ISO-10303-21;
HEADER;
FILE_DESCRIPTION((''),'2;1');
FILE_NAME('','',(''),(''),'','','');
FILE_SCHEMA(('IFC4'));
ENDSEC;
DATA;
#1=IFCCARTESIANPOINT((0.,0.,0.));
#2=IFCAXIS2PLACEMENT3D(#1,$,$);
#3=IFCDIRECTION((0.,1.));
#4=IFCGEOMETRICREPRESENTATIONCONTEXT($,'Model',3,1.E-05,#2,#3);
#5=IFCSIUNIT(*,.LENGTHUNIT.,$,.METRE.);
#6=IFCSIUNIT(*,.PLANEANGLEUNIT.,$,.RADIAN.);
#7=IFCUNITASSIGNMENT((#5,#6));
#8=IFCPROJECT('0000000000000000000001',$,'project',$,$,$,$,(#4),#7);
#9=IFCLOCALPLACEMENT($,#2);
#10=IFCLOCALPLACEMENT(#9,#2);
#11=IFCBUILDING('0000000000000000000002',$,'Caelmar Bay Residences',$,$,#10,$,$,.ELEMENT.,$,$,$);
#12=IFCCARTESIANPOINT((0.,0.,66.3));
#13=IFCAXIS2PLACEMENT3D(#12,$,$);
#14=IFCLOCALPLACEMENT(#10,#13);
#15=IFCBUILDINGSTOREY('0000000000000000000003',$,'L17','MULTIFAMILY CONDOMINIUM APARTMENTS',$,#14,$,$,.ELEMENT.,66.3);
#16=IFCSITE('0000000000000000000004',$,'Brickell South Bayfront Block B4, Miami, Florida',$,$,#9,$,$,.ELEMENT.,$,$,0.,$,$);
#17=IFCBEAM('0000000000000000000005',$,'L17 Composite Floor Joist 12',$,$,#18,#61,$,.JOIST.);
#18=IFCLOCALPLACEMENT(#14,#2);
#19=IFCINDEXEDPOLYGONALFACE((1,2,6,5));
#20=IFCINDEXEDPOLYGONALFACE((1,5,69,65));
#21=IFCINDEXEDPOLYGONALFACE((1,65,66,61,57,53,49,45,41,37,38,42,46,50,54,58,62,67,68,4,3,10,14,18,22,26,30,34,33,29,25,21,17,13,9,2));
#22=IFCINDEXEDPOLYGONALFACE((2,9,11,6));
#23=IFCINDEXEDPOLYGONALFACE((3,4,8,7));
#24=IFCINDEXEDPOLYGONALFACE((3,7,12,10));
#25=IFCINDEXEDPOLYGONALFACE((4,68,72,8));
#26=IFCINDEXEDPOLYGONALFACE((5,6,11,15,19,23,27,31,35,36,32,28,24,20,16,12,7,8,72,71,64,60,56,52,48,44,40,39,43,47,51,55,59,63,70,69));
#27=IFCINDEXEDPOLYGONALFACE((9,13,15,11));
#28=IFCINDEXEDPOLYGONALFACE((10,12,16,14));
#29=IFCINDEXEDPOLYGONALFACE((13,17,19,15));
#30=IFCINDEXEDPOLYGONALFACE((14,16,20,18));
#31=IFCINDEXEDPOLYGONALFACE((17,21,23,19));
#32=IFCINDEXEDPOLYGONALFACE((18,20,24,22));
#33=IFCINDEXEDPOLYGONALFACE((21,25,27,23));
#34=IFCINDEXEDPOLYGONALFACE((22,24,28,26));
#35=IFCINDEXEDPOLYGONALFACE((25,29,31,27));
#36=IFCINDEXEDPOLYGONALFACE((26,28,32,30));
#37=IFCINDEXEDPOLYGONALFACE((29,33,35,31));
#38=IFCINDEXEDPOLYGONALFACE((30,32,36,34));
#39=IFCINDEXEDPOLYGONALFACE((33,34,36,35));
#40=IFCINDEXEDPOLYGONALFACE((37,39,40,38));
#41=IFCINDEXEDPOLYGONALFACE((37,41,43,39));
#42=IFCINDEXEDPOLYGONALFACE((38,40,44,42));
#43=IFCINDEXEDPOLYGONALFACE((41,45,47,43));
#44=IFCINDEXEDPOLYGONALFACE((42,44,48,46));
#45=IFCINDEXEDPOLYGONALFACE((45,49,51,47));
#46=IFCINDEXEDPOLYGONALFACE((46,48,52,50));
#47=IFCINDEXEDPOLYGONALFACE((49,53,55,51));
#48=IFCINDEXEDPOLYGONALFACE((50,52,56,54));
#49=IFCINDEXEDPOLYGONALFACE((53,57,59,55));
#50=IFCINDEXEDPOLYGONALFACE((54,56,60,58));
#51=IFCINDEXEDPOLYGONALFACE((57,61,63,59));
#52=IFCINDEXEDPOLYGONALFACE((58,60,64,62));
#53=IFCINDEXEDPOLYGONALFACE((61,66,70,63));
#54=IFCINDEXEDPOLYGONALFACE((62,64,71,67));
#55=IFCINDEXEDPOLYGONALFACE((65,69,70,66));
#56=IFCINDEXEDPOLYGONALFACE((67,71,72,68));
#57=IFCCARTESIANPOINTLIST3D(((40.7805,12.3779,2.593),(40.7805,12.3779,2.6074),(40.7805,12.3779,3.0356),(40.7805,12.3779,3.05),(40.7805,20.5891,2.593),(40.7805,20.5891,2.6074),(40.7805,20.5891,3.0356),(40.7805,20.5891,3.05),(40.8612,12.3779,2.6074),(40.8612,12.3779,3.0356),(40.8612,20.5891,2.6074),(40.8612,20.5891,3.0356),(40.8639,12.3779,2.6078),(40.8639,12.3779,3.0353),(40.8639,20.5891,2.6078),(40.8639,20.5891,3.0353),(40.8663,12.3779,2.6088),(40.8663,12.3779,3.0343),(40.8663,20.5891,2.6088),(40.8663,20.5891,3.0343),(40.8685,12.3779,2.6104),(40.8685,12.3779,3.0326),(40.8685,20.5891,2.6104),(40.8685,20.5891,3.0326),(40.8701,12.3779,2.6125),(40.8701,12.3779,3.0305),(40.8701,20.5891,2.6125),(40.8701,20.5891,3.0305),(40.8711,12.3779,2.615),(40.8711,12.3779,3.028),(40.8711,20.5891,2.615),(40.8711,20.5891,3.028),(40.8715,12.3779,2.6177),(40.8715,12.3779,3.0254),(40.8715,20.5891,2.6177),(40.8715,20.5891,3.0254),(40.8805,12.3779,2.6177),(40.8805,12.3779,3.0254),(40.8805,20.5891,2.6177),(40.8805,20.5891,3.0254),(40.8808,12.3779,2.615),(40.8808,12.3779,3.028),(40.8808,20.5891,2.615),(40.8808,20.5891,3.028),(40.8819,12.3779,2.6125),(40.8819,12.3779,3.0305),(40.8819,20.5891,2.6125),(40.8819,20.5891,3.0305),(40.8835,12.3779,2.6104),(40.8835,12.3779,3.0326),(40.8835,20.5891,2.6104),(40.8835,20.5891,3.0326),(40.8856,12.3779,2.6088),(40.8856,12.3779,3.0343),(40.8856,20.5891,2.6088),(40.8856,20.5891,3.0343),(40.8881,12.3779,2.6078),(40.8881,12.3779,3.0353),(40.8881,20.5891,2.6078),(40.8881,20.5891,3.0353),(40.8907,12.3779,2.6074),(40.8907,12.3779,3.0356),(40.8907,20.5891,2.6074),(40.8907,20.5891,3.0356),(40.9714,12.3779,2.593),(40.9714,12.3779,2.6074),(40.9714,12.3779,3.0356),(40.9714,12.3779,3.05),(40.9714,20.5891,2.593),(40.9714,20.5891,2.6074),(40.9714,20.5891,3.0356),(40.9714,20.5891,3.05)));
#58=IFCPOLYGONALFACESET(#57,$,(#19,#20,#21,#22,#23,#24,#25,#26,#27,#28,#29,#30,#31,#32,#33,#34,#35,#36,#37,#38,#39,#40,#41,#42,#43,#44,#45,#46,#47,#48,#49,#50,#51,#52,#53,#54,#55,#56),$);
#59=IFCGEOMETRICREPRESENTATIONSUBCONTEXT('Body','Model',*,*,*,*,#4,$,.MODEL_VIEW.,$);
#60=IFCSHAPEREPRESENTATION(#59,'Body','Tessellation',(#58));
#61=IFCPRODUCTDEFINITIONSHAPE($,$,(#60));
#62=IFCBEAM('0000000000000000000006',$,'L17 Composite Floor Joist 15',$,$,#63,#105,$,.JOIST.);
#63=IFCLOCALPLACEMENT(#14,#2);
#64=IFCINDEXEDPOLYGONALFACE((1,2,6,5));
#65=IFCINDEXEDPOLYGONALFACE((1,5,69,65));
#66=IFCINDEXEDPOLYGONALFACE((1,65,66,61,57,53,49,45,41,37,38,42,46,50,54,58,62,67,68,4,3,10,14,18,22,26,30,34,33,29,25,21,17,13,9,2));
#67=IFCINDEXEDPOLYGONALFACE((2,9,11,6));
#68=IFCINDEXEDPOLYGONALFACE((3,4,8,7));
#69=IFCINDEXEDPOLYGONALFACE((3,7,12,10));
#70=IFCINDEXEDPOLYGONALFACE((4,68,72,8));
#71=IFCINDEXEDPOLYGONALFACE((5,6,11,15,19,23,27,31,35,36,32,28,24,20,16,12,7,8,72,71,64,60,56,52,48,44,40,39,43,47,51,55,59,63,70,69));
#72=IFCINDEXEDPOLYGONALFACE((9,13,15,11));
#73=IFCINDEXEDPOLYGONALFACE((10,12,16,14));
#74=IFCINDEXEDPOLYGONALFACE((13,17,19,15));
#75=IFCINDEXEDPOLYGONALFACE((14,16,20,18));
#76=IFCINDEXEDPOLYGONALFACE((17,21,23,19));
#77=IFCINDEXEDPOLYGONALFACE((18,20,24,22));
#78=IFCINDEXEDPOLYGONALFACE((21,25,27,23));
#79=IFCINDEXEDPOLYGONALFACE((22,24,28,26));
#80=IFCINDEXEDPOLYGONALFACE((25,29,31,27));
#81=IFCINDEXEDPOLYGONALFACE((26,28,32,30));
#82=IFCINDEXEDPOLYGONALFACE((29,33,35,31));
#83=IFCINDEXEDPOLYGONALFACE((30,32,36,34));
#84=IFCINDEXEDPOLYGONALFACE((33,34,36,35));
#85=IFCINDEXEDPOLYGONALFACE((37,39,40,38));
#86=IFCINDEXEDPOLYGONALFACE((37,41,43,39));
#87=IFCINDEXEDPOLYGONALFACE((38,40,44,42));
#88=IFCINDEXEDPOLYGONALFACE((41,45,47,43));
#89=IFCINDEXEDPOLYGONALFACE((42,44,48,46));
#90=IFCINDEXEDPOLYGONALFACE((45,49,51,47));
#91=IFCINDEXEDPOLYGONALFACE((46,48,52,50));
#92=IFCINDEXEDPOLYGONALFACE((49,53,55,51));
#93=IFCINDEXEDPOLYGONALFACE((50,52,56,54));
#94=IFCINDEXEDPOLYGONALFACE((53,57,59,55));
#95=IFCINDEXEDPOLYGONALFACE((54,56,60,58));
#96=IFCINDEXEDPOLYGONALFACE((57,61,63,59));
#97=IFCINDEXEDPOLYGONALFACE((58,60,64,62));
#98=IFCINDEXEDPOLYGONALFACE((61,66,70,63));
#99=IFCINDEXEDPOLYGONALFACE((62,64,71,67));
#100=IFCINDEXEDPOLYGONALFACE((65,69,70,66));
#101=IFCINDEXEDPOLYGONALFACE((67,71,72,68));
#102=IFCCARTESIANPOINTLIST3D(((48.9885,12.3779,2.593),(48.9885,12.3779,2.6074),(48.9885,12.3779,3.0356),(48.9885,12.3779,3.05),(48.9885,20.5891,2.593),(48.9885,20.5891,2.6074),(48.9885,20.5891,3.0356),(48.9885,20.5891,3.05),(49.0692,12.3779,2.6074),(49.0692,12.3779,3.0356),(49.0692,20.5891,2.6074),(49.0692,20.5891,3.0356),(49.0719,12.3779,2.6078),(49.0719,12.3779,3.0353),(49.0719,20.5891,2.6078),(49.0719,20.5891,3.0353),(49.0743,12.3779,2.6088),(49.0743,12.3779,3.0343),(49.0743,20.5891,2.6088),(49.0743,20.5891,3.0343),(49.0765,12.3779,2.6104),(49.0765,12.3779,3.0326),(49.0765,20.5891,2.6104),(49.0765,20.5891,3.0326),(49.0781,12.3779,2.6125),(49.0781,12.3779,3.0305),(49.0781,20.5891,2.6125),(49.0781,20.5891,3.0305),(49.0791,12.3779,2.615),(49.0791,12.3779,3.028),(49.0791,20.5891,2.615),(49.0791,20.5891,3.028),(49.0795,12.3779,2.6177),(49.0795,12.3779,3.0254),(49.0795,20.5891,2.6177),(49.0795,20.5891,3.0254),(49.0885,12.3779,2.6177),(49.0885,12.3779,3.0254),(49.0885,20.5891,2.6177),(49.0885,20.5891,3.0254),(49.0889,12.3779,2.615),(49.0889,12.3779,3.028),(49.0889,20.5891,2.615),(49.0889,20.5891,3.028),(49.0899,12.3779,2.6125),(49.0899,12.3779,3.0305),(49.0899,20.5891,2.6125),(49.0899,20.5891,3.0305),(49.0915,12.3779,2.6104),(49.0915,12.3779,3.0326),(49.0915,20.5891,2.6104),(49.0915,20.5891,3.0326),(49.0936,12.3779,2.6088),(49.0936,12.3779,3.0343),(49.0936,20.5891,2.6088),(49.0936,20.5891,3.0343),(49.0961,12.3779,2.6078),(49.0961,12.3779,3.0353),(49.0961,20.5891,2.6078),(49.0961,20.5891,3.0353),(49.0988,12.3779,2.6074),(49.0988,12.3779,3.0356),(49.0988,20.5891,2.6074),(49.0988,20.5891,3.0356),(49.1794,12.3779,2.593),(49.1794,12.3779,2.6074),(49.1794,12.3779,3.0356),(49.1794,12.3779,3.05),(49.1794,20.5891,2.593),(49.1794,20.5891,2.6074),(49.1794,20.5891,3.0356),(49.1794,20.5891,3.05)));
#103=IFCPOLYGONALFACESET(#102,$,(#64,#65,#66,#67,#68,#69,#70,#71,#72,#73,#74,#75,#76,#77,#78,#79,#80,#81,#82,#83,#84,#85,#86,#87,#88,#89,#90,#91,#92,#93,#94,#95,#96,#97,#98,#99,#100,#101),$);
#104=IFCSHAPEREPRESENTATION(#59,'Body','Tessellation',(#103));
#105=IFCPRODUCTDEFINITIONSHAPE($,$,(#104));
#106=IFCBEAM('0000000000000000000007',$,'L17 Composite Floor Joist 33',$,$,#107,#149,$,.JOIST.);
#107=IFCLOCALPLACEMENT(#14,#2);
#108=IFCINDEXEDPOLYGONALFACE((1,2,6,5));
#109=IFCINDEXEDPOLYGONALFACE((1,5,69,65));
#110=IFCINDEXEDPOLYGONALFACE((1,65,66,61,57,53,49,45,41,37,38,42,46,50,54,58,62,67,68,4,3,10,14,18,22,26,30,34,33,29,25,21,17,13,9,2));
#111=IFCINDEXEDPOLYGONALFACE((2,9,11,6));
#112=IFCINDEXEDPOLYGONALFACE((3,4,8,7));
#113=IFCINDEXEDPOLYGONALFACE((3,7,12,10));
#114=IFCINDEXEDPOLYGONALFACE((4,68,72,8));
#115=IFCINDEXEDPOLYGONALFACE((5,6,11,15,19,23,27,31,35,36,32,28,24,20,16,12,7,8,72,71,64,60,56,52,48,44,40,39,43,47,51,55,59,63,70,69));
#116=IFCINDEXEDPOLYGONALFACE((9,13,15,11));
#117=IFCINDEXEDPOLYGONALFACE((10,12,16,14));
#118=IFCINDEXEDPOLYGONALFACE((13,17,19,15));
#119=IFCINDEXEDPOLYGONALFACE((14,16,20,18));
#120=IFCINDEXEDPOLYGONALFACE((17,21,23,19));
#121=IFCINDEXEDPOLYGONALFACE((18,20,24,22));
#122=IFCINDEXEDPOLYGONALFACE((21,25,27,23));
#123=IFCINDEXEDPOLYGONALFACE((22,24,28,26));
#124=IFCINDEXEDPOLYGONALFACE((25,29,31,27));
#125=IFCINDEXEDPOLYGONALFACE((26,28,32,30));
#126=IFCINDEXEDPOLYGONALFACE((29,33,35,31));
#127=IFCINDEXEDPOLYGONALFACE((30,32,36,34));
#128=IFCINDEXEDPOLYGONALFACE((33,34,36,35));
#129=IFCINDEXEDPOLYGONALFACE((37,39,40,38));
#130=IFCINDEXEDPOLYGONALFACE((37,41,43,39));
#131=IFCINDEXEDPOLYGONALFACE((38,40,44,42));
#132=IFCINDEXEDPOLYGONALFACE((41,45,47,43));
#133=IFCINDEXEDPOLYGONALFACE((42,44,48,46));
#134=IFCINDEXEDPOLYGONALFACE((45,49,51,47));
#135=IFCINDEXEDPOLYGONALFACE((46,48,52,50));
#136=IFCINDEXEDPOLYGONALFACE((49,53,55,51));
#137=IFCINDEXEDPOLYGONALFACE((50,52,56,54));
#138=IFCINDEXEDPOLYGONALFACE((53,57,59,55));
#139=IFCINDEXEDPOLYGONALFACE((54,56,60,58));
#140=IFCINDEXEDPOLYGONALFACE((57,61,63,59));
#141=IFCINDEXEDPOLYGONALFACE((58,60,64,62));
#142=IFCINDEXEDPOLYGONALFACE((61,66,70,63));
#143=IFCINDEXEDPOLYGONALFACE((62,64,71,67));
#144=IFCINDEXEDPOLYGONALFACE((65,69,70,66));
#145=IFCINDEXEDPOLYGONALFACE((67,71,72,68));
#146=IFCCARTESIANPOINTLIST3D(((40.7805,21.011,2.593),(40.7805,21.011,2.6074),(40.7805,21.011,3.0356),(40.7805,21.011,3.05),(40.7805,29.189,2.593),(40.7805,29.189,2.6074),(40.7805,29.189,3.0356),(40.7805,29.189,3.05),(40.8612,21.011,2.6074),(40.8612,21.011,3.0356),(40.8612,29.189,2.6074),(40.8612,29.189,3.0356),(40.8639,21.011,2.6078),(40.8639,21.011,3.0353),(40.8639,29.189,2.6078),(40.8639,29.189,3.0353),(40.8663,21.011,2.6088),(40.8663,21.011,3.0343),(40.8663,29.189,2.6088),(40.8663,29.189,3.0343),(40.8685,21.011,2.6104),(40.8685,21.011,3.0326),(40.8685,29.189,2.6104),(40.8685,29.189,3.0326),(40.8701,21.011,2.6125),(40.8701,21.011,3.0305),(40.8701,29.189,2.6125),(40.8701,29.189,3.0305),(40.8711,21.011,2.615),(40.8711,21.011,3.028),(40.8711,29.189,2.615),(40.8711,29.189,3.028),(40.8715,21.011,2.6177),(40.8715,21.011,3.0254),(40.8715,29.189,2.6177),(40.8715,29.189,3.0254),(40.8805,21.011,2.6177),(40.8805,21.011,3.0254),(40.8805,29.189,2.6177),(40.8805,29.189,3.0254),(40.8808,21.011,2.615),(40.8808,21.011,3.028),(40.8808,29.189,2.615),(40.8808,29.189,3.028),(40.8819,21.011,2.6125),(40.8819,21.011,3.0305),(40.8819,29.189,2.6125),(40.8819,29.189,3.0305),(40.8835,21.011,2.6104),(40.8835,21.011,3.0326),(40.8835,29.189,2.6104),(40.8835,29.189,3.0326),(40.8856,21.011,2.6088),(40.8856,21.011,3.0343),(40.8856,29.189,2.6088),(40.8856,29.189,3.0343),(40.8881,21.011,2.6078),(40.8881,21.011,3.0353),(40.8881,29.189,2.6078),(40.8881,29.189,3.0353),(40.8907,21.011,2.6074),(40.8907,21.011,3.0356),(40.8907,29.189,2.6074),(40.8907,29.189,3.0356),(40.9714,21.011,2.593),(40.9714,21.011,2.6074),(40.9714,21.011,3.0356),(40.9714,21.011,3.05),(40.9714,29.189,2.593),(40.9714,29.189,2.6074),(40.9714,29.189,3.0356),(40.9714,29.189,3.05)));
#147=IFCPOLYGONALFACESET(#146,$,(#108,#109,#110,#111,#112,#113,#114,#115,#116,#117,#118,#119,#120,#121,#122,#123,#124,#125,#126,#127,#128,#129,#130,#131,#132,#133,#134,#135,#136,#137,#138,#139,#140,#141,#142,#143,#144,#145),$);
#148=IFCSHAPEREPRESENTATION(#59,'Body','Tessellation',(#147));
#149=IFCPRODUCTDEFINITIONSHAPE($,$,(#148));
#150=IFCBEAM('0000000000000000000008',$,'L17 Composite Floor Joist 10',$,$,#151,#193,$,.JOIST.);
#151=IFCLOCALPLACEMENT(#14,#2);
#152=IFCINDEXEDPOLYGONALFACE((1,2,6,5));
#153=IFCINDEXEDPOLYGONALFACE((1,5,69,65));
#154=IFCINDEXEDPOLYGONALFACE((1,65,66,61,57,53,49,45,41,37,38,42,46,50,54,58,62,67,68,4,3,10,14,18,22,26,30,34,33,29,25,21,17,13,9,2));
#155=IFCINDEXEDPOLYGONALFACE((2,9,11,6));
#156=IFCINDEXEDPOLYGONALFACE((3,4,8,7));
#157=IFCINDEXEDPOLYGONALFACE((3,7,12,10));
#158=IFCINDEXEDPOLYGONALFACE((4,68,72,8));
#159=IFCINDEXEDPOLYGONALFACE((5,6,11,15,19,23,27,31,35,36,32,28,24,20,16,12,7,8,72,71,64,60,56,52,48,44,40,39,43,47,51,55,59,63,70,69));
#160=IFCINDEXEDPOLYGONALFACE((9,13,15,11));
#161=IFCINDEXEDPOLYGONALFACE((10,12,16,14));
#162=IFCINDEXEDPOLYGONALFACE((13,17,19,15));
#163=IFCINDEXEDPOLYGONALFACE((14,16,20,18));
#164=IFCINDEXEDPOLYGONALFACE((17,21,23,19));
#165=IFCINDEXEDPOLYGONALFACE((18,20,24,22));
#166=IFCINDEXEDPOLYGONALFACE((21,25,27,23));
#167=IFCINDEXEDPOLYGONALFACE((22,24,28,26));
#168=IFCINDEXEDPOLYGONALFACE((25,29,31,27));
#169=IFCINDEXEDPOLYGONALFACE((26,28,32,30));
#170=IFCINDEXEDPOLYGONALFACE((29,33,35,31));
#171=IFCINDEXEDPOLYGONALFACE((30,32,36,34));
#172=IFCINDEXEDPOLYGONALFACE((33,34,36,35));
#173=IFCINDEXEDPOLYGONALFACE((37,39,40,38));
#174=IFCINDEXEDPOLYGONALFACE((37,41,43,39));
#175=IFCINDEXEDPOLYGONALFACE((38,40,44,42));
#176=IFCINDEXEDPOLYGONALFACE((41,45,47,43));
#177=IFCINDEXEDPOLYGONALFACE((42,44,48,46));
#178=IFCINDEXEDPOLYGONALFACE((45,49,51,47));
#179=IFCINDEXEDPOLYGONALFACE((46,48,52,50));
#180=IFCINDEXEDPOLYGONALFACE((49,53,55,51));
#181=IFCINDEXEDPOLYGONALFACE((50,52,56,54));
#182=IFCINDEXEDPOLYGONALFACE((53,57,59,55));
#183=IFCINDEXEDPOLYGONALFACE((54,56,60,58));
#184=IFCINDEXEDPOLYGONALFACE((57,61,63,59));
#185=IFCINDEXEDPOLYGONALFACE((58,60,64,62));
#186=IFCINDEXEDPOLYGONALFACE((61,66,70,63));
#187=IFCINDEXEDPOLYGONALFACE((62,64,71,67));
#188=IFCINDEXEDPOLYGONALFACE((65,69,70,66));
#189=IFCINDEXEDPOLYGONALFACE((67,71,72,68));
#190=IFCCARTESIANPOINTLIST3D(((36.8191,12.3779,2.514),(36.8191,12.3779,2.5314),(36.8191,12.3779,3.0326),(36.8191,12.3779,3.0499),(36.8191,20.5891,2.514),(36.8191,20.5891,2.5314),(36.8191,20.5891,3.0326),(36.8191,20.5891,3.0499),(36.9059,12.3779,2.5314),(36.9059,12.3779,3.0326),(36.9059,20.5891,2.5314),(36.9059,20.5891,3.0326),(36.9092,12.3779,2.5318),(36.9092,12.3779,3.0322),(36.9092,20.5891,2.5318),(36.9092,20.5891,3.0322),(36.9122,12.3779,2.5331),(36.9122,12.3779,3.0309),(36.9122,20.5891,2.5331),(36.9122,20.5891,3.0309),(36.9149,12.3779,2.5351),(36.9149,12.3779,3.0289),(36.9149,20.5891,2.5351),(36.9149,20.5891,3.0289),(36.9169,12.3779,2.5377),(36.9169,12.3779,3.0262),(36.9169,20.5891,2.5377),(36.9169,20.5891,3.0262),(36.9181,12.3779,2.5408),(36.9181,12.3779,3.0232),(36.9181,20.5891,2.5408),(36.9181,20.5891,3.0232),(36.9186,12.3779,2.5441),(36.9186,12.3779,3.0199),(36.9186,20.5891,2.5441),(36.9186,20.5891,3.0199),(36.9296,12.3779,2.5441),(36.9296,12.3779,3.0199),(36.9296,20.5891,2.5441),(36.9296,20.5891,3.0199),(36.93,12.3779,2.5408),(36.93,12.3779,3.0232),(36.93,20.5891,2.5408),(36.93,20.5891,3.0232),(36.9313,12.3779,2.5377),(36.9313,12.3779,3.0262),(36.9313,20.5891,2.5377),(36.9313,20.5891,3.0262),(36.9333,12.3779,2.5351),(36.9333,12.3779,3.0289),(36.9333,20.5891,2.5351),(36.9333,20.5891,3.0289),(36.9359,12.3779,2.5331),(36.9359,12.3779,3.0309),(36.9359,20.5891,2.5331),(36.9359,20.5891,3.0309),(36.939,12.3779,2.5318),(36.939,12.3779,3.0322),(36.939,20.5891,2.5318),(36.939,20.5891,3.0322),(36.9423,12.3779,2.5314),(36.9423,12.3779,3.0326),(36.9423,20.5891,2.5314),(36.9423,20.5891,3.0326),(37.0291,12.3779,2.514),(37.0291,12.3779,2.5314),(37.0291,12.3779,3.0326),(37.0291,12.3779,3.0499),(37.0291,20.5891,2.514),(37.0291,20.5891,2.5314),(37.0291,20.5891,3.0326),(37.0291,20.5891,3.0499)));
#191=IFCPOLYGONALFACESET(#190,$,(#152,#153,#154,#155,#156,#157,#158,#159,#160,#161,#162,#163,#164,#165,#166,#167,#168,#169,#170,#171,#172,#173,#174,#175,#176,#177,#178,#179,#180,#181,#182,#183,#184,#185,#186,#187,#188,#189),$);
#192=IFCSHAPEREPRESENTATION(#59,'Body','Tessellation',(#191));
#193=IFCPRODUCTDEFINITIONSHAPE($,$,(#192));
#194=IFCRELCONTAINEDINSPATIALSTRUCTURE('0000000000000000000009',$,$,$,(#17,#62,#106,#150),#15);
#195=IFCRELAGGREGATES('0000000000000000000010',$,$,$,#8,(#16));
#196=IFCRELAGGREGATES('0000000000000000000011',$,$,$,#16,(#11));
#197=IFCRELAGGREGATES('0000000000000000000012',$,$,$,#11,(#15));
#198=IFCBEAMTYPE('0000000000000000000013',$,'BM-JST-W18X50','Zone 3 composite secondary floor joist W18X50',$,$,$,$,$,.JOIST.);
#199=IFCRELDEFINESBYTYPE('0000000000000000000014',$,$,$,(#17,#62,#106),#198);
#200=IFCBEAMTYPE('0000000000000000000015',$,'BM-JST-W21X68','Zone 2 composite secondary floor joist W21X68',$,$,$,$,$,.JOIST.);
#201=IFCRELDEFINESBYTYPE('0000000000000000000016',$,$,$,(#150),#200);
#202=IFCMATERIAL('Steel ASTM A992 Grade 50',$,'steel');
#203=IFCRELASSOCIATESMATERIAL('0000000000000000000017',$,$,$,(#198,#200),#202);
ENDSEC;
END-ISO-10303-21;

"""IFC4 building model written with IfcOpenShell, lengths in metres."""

from ifc_helpers import new_model, si_unit, direction, frame, origin, origin_2d, place, context, subcontext, project, spatial, i_section, extrude, material, material_profile, profile_set, type_object, element, save


model = new_model("IFC4")

# Units and contexts
model_context = context("Model", 3, precision=1e-05, world=origin(), true_north=direction((0.0, 1.0)))
body_context = subcontext(model_context, "Body", "Model", "MODEL_VIEW")
ifc_project = project(units=[si_unit("LENGTHUNIT", "METRE"), si_unit("PLANEANGLEUNIT", "RADIAN")], contexts=[model_context])

# Site, building, storey
site_placement = place(None, origin())
site = spatial("IfcSite", under=ifc_project, at=site_placement, Name="Brickell South Bayfront Block B4, Miami, Florida", CompositionType="ELEMENT", RefElevation=0.0)
building_placement = place(site_placement, origin())
building = spatial("IfcBuilding", under=site, at=building_placement, Name="Caelmar Bay Residences", CompositionType="ELEMENT")
storey_placement = place(building_placement, frame((0.0, 0.0, 66.3)))
storey = spatial("IfcBuildingStorey", under=building, at=storey_placement, Name="L17", Description="MULTIFAMILY CONDOMINIUM APARTMENTS", CompositionType="ELEMENT", Elevation=66.3)

# Beams
ifc_material_1 = material(Name="Steel ASTM A992 Grade 50", Category="steel")
ifc_material_profile_1 = material_profile(ifc_material_1, i_section(OverallWidth=0.1909, OverallDepth=0.457, WebThickness=0.009, FlangeThickness=0.0144, FilletRadius=0.0103, at=origin_2d()), Name="W18X50")
ifc_profile_set_1 = profile_set([ifc_material_profile_1], Name="Steel ASTM A992 Grade 50")
beam_type_1 = type_object("IfcBeamType", Name="BM-JST-W18X50", Description="Zone 3 composite secondary floor joist W18X50", PredefinedType="JOIST", material=ifc_profile_set_1)
for number, where, z_axis, x_axis, name in (
    (1, (40.876, 12.3779, 2.8215), (0.0, 1.0, 0.0), (-1.0, 0.0, 0.0), "L17 Composite Floor Joist 12"),
    (2, (49.084, 12.3779, 2.8215), (0.0, 1.0, 0.0), (-1.0, 0.0, 0.0), "L17 Composite Floor Joist 15"),
):
    element("IfcBeam", number, at=place(storey_placement, frame(where, z_axis=z_axis, x_axis=x_axis)), inside=storey, type_object=beam_type_1, Name=name, PredefinedType="JOIST", context=body_context, shape_type="SweptSolid", body=[
        extrude(i_section(OverallWidth=0.1909, OverallDepth=0.457, WebThickness=0.009, FlangeThickness=0.0144, FilletRadius=0.0103, at=origin_2d()), origin(), (0.0, 0.0, 1.0), 8.2112),
    ])
beam_1_placement = place(storey_placement, frame((40.876, 21.011, 2.8215), z_axis=(0.0, 1.0, 0.0), x_axis=(-1.0, 0.0, 0.0)))
element("IfcBeam", 3, at=beam_1_placement, inside=storey, type_object=beam_type_1, Name="L17 Composite Floor Joist 33", PredefinedType="JOIST", context=body_context, shape_type="SweptSolid", body=[
    extrude(i_section(OverallWidth=0.1909, OverallDepth=0.457, WebThickness=0.009, FlangeThickness=0.0144, FilletRadius=0.0103, at=origin_2d()), origin(), (0.0, 0.0, 1.0), 8.178),
])
ifc_material_profile_2 = material_profile(ifc_material_1, i_section(OverallWidth=0.21, OverallDepth=0.5359, WebThickness=0.011, FlangeThickness=0.0173, FilletRadius=0.0127, at=origin_2d()), Name="W21X68")
ifc_profile_set_2 = profile_set([ifc_material_profile_2], Name="Steel ASTM A992 Grade 50")
beam_type_2 = type_object("IfcBeamType", Name="BM-JST-W21X68", Description="Zone 2 composite secondary floor joist W21X68", PredefinedType="JOIST", material=ifc_profile_set_2)
for number, where, z_axis, x_axis, name in (
    (4, (36.9241, 12.3779, 2.782), (0.0, 1.0, 0.0), (-1.0, 0.0, 0.0), "L17 Composite Floor Joist 10"),
):
    element("IfcBeam", number, at=place(storey_placement, frame(where, z_axis=z_axis, x_axis=x_axis)), inside=storey, type_object=beam_type_2, Name=name, PredefinedType="JOIST", context=body_context, shape_type="SweptSolid", body=[
        extrude(i_section(OverallWidth=0.21, OverallDepth=0.5359, WebThickness=0.011, FlangeThickness=0.0173, FilletRadius=0.0127, at=origin_2d()), origin(), (0.0, 0.0, 1.0), 8.2112),
    ])

save(model, "model.ifc")
